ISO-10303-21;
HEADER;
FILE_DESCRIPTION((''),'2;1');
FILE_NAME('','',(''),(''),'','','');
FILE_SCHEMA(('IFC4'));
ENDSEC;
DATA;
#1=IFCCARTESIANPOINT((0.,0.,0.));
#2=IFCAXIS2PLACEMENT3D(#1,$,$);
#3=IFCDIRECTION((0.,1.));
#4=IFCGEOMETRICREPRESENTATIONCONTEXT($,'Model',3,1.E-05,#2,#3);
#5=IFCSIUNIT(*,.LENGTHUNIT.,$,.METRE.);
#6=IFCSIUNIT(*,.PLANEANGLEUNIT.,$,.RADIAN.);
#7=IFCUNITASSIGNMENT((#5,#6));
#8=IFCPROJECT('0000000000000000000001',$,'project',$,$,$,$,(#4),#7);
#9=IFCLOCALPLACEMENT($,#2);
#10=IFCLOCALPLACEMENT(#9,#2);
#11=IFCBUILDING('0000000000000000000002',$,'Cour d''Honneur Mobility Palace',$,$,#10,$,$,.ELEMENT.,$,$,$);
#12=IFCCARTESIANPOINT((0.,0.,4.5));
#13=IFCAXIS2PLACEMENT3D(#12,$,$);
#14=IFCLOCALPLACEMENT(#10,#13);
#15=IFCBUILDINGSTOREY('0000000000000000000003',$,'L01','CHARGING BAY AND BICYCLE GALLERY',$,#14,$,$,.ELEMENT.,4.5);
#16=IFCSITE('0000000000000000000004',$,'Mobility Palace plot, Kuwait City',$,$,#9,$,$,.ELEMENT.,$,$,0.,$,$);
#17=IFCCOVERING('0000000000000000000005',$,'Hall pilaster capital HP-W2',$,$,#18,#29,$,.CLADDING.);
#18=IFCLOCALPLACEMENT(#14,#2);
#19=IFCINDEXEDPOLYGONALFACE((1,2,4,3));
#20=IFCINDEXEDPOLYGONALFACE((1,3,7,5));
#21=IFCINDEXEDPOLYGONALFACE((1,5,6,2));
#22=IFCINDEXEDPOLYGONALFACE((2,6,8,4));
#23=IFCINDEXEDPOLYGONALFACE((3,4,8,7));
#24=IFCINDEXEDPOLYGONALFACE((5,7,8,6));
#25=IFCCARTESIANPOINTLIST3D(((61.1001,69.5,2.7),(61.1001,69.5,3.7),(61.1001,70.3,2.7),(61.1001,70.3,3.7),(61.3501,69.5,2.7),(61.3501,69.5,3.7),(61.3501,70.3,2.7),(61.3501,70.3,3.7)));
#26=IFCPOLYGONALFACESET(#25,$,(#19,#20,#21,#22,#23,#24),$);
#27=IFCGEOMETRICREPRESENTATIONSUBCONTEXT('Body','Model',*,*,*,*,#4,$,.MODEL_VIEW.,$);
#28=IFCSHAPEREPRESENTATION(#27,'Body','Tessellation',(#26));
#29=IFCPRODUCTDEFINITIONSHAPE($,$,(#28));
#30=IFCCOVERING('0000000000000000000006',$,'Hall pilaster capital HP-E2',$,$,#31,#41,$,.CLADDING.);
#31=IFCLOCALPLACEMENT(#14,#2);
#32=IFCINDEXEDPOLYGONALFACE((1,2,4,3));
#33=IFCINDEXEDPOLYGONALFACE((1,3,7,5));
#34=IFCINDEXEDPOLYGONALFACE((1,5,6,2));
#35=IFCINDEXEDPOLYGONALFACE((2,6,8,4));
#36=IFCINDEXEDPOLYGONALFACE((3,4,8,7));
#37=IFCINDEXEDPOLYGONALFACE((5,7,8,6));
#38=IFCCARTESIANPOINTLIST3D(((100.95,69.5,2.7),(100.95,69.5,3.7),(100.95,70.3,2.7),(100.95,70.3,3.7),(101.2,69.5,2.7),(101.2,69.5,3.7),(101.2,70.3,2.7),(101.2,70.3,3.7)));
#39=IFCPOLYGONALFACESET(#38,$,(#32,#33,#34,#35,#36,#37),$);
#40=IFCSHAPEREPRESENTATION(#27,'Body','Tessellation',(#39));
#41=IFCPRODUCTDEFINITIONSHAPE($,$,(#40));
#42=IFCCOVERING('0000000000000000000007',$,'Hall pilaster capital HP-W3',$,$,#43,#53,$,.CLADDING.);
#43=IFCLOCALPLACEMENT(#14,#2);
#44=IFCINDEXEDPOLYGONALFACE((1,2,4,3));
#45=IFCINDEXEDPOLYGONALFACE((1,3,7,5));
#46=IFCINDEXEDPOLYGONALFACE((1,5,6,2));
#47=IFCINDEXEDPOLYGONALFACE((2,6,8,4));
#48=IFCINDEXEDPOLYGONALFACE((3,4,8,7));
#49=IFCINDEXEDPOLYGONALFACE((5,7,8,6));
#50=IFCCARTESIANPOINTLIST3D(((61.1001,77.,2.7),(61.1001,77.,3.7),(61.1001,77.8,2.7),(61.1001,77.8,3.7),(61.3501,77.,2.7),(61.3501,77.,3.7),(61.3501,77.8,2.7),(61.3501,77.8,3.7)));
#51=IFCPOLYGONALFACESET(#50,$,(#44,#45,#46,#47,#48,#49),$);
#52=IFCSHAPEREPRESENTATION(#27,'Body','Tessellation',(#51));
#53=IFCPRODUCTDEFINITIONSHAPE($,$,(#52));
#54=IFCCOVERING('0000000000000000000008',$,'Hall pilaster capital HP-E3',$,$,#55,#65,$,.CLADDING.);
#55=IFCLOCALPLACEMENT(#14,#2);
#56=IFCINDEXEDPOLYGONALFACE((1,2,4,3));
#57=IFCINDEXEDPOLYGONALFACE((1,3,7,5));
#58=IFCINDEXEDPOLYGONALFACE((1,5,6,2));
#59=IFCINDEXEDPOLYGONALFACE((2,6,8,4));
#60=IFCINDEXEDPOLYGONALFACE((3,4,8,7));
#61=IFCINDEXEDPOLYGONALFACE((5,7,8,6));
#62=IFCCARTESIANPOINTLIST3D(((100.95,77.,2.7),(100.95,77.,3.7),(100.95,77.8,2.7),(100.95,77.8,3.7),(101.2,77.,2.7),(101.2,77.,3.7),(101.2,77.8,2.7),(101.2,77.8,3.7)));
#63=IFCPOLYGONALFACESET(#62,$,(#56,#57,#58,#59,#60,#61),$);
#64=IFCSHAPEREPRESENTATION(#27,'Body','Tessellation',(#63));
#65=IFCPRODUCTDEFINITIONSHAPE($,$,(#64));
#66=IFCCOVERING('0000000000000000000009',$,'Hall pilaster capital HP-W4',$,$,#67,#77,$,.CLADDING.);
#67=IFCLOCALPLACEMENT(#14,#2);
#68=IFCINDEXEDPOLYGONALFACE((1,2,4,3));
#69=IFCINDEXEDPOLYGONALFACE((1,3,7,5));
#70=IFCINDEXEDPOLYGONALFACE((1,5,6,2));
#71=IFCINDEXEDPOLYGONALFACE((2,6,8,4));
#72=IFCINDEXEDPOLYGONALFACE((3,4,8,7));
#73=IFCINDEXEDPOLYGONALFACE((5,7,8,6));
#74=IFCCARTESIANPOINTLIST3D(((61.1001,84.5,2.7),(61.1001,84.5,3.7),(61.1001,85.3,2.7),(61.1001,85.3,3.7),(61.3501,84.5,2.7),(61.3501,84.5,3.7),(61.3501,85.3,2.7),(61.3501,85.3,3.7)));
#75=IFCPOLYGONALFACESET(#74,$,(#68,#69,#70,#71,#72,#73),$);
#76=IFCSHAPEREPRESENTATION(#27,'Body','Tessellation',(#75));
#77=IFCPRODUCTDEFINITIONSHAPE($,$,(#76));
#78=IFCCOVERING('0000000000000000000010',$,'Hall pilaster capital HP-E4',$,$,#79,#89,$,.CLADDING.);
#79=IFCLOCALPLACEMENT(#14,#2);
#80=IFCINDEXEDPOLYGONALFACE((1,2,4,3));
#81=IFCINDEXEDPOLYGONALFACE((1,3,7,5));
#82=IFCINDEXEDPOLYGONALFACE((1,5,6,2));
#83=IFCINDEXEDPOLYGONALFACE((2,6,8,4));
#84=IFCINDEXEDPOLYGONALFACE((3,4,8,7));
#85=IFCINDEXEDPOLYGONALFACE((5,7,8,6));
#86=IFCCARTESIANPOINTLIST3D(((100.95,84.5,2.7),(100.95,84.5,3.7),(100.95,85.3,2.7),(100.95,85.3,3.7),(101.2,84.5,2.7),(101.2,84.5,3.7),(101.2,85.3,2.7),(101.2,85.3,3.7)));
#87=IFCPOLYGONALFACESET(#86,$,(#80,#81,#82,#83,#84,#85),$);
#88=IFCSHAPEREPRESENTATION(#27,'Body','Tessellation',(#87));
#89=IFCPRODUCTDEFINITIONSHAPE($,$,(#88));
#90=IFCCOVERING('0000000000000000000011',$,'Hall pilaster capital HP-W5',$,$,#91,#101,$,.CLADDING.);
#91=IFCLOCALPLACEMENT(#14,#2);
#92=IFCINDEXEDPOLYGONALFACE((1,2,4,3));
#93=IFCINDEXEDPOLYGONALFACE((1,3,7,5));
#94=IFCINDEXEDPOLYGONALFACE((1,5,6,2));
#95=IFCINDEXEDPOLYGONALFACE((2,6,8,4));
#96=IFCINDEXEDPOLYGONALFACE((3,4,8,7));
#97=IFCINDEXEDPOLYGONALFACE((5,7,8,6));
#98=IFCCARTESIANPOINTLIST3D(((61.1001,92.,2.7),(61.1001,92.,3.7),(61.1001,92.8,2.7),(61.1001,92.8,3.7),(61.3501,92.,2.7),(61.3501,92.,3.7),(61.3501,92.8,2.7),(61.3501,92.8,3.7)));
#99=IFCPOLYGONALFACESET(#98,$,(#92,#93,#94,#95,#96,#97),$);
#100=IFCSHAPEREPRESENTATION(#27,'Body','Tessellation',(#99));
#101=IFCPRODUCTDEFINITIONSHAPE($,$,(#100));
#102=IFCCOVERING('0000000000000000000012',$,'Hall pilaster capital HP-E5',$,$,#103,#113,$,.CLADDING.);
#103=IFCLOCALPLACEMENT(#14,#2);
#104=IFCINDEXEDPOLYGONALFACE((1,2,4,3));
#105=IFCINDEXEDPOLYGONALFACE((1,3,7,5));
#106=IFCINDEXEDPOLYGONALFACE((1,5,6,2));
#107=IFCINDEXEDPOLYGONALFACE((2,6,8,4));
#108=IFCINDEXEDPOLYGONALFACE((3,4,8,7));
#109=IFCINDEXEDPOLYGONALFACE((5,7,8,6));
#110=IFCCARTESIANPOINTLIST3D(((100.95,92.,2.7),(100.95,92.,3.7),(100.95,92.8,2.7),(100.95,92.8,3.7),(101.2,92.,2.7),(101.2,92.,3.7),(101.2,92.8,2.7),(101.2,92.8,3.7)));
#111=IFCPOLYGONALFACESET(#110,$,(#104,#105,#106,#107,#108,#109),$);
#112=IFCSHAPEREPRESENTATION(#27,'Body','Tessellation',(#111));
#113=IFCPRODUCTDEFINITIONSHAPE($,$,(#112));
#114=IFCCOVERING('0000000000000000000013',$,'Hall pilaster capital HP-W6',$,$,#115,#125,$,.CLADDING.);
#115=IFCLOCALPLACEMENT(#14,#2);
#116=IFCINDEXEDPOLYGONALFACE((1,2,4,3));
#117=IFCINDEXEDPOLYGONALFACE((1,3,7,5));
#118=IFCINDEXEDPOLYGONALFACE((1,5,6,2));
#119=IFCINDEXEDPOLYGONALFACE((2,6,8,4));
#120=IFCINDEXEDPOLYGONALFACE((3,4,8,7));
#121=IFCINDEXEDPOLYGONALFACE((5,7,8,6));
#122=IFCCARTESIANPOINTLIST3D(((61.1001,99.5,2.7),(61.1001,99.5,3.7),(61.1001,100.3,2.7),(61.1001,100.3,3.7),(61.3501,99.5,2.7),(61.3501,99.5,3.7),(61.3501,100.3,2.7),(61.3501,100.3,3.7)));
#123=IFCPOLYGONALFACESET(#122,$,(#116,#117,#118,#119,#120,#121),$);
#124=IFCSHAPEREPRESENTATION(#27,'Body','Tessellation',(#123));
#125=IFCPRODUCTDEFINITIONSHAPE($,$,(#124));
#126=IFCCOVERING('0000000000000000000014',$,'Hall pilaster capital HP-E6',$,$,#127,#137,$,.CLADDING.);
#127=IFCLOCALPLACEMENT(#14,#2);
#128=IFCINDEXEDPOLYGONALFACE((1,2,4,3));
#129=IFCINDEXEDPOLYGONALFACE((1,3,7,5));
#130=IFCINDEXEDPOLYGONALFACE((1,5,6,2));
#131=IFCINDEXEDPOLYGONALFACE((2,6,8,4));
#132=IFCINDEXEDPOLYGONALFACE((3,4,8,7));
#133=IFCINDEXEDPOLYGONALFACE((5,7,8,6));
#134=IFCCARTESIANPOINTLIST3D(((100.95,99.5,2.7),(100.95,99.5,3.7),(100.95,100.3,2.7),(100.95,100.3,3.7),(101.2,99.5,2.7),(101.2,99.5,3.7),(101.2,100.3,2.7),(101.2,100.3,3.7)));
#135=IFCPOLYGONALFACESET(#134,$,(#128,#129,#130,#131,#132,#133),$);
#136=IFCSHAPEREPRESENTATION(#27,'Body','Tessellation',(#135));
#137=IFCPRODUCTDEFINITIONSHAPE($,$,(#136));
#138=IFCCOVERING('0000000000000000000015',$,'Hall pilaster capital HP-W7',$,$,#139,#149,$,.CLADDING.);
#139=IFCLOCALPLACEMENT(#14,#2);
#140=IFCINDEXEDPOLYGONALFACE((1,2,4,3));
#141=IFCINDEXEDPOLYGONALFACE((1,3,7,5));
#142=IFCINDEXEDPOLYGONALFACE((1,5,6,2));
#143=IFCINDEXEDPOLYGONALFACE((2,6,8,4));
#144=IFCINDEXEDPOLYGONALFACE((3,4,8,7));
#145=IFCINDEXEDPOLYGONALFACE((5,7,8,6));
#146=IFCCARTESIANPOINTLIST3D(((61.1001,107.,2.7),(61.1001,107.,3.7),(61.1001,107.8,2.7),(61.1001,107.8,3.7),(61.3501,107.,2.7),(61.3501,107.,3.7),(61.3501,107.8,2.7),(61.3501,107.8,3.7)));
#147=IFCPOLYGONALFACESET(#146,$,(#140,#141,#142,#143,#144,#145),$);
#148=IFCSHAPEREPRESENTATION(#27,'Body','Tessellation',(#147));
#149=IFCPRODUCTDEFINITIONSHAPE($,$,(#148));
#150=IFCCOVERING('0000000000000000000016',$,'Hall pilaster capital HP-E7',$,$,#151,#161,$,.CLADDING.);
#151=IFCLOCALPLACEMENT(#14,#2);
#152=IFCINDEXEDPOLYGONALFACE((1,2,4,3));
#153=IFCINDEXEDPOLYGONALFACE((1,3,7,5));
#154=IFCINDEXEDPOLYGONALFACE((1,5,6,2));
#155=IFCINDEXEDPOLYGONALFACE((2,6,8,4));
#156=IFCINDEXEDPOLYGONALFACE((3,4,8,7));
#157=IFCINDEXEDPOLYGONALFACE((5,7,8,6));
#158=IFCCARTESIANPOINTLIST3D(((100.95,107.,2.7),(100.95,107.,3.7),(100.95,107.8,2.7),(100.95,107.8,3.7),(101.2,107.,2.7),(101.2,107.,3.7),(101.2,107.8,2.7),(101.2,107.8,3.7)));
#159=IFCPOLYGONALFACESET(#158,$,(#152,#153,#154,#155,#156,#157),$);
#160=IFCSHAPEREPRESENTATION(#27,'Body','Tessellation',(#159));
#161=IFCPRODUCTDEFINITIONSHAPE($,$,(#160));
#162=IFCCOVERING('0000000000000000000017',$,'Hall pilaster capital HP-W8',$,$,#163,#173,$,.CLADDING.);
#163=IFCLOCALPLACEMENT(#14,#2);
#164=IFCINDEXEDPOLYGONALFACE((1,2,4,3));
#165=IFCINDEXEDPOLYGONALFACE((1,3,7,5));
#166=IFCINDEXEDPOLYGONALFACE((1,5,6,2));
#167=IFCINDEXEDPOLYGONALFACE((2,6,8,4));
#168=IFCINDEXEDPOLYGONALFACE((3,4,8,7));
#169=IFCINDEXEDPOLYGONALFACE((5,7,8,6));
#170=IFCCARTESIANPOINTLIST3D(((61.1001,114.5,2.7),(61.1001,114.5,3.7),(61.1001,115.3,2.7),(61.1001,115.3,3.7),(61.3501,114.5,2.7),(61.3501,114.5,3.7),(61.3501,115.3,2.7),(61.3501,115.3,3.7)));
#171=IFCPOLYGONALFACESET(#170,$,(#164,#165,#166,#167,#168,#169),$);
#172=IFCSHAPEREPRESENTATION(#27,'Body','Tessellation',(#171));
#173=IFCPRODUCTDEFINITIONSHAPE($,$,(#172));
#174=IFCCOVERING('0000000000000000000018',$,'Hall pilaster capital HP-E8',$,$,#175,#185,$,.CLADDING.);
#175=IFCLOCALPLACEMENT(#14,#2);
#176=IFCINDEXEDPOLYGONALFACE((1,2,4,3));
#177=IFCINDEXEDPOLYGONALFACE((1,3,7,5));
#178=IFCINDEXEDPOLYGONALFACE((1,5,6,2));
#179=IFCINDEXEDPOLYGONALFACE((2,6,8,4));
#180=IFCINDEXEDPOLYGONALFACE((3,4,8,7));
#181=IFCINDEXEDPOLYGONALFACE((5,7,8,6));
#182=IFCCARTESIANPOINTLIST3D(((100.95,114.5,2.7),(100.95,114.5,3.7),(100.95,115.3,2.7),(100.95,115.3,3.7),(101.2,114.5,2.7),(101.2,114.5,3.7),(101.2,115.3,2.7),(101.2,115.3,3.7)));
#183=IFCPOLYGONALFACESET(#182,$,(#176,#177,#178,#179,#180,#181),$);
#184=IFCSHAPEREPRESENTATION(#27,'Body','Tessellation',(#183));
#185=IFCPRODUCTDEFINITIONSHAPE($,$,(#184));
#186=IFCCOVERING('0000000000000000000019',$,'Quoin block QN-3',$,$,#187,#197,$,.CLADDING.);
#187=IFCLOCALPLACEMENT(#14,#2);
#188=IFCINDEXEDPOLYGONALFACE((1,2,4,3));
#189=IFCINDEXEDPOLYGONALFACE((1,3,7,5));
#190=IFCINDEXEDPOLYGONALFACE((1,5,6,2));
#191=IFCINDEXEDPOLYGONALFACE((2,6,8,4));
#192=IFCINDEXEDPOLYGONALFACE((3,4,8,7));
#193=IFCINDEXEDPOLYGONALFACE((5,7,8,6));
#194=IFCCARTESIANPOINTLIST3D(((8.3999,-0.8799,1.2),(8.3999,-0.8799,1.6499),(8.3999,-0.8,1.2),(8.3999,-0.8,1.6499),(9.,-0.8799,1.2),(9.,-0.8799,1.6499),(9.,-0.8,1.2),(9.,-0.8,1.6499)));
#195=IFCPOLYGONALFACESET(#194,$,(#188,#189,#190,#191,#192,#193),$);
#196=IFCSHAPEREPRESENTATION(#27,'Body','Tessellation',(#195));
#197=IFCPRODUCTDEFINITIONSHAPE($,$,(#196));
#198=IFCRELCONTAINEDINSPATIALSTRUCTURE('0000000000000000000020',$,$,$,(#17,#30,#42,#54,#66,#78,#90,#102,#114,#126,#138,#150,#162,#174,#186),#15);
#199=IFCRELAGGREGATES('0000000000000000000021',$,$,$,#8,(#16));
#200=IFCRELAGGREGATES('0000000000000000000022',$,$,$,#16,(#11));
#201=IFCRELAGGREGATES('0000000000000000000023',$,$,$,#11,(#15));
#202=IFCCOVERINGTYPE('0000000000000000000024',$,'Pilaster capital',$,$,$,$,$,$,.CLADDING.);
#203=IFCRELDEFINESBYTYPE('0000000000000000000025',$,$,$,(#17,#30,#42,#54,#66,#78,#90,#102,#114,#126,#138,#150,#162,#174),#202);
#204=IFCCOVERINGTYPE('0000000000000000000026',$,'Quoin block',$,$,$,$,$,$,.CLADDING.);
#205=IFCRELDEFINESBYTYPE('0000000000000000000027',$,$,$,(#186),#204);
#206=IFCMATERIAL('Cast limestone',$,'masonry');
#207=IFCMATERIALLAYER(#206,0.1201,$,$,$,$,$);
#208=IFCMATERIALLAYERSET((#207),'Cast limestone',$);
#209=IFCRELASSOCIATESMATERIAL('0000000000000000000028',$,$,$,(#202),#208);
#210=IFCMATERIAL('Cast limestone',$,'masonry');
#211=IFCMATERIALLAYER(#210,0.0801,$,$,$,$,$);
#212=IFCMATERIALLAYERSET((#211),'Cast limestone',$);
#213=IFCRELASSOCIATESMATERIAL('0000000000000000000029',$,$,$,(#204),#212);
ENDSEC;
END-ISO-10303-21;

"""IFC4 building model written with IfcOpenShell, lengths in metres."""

from ifc_helpers import new_model, si_unit, direction, frame, origin, place, context, subcontext, project, spatial, polyline, outline, extrude, material, layer, layer_set, type_object, element, save


model = new_model("IFC4")

# Units and contexts
model_context = context("Model", 3, precision=1e-05, world=origin(), true_north=direction((0.0, 1.0)))
body_context = subcontext(model_context, "Body", "Model", "MODEL_VIEW")
ifc_project = project(units=[si_unit("LENGTHUNIT", "METRE"), si_unit("PLANEANGLEUNIT", "RADIAN")], contexts=[model_context])

# Site, building, storey
site_placement = place(None, origin())
site = spatial("IfcSite", under=ifc_project, at=site_placement, Name="Mobility Palace plot, Kuwait City", CompositionType="ELEMENT", RefElevation=0.0)
building_placement = place(site_placement, origin())
building = spatial("IfcBuilding", under=site, at=building_placement, Name="Cour d'Honneur Mobility Palace", CompositionType="ELEMENT")
storey_placement = place(building_placement, frame((0.0, 0.0, 4.5)))
storey = spatial("IfcBuildingStorey", under=building, at=storey_placement, Name="L01", Description="CHARGING BAY AND BICYCLE GALLERY", CompositionType="ELEMENT", Elevation=4.5)

# Coverings
ifc_material_1 = material(Name="Cast limestone", Category="masonry")
ifc_layer_1 = layer(ifc_material_1, 0.1201)
ifc_layer_set_1 = layer_set([ifc_layer_1], Name="Cast limestone")
covering_type_1 = type_object("IfcCoveringType", Name="Pilaster capital", PredefinedType="CLADDING", material=ifc_layer_set_1)
covering_1_placement = place(storey_placement, frame((0.0, 0.0, 2.7)))
element("IfcCovering", 1, at=covering_1_placement, inside=storey, type_object=covering_type_1, Name="Hall pilaster capital HP-W2", PredefinedType="CLADDING", context=body_context, shape_type="SweptSolid", body=[
    extrude(outline(polyline([(61.1001, 69.5), (61.3501, 69.5), (61.3501, 70.3), (61.1001, 70.3), (61.1001, 69.5)])), origin(), (0.0, 0.0, 1.0), 1.0),
])
covering_2_placement = place(storey_placement, frame((0.0, 0.0, 2.7)))
element("IfcCovering", 2, at=covering_2_placement, inside=storey, type_object=covering_type_1, Name="Hall pilaster capital HP-E2", PredefinedType="CLADDING", context=body_context, shape_type="SweptSolid", body=[
    extrude(outline(polyline([(100.95, 69.5), (101.2, 69.5), (101.2, 70.3), (100.95, 70.3), (100.95, 69.5)])), origin(), (0.0, 0.0, 1.0), 1.0),
])
covering_3_placement = place(storey_placement, frame((0.0, 0.0, 2.7)))
element("IfcCovering", 3, at=covering_3_placement, inside=storey, type_object=covering_type_1, Name="Hall pilaster capital HP-W3", PredefinedType="CLADDING", context=body_context, shape_type="SweptSolid", body=[
    extrude(outline(polyline([(61.1001, 77.0), (61.3501, 77.0), (61.3501, 77.8), (61.1001, 77.8), (61.1001, 77.0)])), origin(), (0.0, 0.0, 1.0), 1.0),
])
covering_4_placement = place(storey_placement, frame((0.0, 0.0, 2.7)))
element("IfcCovering", 4, at=covering_4_placement, inside=storey, type_object=covering_type_1, Name="Hall pilaster capital HP-E3", PredefinedType="CLADDING", context=body_context, shape_type="SweptSolid", body=[
    extrude(outline(polyline([(100.95, 77.0), (101.2, 77.0), (101.2, 77.8), (100.95, 77.8), (100.95, 77.0)])), origin(), (0.0, 0.0, 1.0), 1.0),
])
covering_5_placement = place(storey_placement, frame((0.0, 0.0, 2.7)))
element("IfcCovering", 5, at=covering_5_placement, inside=storey, type_object=covering_type_1, Name="Hall pilaster capital HP-W4", PredefinedType="CLADDING", context=body_context, shape_type="SweptSolid", body=[
    extrude(outline(polyline([(61.1001, 84.5), (61.3501, 84.5), (61.3501, 85.3), (61.1001, 85.3), (61.1001, 84.5)])), origin(), (0.0, 0.0, 1.0), 1.0),
])
covering_6_placement = place(storey_placement, frame((0.0, 0.0, 2.7)))
element("IfcCovering", 6, at=covering_6_placement, inside=storey, type_object=covering_type_1, Name="Hall pilaster capital HP-E4", PredefinedType="CLADDING", context=body_context, shape_type="SweptSolid", body=[
    extrude(outline(polyline([(100.95, 84.5), (101.2, 84.5), (101.2, 85.3), (100.95, 85.3), (100.95, 84.5)])), origin(), (0.0, 0.0, 1.0), 1.0),
])
covering_7_placement = place(storey_placement, frame((0.0, 0.0, 2.7)))
element("IfcCovering", 7, at=covering_7_placement, inside=storey, type_object=covering_type_1, Name="Hall pilaster capital HP-W5", PredefinedType="CLADDING", context=body_context, shape_type="SweptSolid", body=[
    extrude(outline(polyline([(61.1001, 92.0), (61.3501, 92.0), (61.3501, 92.8), (61.1001, 92.8), (61.1001, 92.0)])), origin(), (0.0, 0.0, 1.0), 1.0),
])
covering_8_placement = place(storey_placement, frame((0.0, 0.0, 2.7)))
element("IfcCovering", 8, at=covering_8_placement, inside=storey, type_object=covering_type_1, Name="Hall pilaster capital HP-E5", PredefinedType="CLADDING", context=body_context, shape_type="SweptSolid", body=[
    extrude(outline(polyline([(100.95, 92.0), (101.2, 92.0), (101.2, 92.8), (100.95, 92.8), (100.95, 92.0)])), origin(), (0.0, 0.0, 1.0), 1.0),
])
covering_9_placement = place(storey_placement, frame((0.0, 0.0, 2.7)))
element("IfcCovering", 9, at=covering_9_placement, inside=storey, type_object=covering_type_1, Name="Hall pilaster capital HP-W6", PredefinedType="CLADDING", context=body_context, shape_type="SweptSolid", body=[
    extrude(outline(polyline([(61.1001, 99.5), (61.3501, 99.5), (61.3501, 100.3), (61.1001, 100.3), (61.1001, 99.5)])), origin(), (0.0, 0.0, 1.0), 1.0),
])
covering_10_placement = place(storey_placement, frame((0.0, 0.0, 2.7)))
element("IfcCovering", 10, at=covering_10_placement, inside=storey, type_object=covering_type_1, Name="Hall pilaster capital HP-E6", PredefinedType="CLADDING", context=body_context, shape_type="SweptSolid", body=[
    extrude(outline(polyline([(100.95, 99.5), (101.2, 99.5), (101.2, 100.3), (100.95, 100.3), (100.95, 99.5)])), origin(), (0.0, 0.0, 1.0), 1.0),
])
covering_11_placement = place(storey_placement, frame((0.0, 0.0, 2.7)))
element("IfcCovering", 11, at=covering_11_placement, inside=storey, type_object=covering_type_1, Name="Hall pilaster capital HP-W7", PredefinedType="CLADDING", context=body_context, shape_type="SweptSolid", body=[
    extrude(outline(polyline([(61.1001, 107.0), (61.3501, 107.0), (61.3501, 107.8), (61.1001, 107.8), (61.1001, 107.0)])), origin(), (0.0, 0.0, 1.0), 1.0),
])
covering_12_placement = place(storey_placement, frame((0.0, 0.0, 2.7)))
element("IfcCovering", 12, at=covering_12_placement, inside=storey, type_object=covering_type_1, Name="Hall pilaster capital HP-E7", PredefinedType="CLADDING", context=body_context, shape_type="SweptSolid", body=[
    extrude(outline(polyline([(100.95, 107.0), (101.2, 107.0), (101.2, 107.8), (100.95, 107.8), (100.95, 107.0)])), origin(), (0.0, 0.0, 1.0), 1.0),
])
covering_13_placement = place(storey_placement, frame((0.0, 0.0, 2.7)))
element("IfcCovering", 13, at=covering_13_placement, inside=storey, type_object=covering_type_1, Name="Hall pilaster capital HP-W8", PredefinedType="CLADDING", context=body_context, shape_type="SweptSolid", body=[
    extrude(outline(polyline([(61.1001, 114.5), (61.3501, 114.5), (61.3501, 115.3), (61.1001, 115.3), (61.1001, 114.5)])), origin(), (0.0, 0.0, 1.0), 1.0),
])
covering_14_placement = place(storey_placement, frame((0.0, 0.0, 2.7)))
element("IfcCovering", 14, at=covering_14_placement, inside=storey, type_object=covering_type_1, Name="Hall pilaster capital HP-E8", PredefinedType="CLADDING", context=body_context, shape_type="SweptSolid", body=[
    extrude(outline(polyline([(100.95, 114.5), (101.2, 114.5), (101.2, 115.3), (100.95, 115.3), (100.95, 114.5)])), origin(), (0.0, 0.0, 1.0), 1.0),
])
ifc_material_2 = material(Name="Cast limestone", Category="masonry")
ifc_layer_2 = layer(ifc_material_2, 0.0801)
ifc_layer_set_2 = layer_set([ifc_layer_2], Name="Cast limestone")
covering_type_2 = type_object("IfcCoveringType", Name="Quoin block", PredefinedType="CLADDING", material=ifc_layer_set_2)
covering_15_placement = place(storey_placement, frame((0.0, 0.0, 1.2)))
element("IfcCovering", 15, at=covering_15_placement, inside=storey, type_object=covering_type_2, Name="Quoin block QN-3", PredefinedType="CLADDING", context=body_context, shape_type="SweptSolid", body=[
    extrude(outline(polyline([(8.3999, -0.8), (9.0, -0.8), (9.0, -0.8799), (8.3999, -0.8799), (8.3999, -0.8)])), origin(), (0.0, 0.0, 1.0), 0.45),
])

save(model, "model.ifc")
